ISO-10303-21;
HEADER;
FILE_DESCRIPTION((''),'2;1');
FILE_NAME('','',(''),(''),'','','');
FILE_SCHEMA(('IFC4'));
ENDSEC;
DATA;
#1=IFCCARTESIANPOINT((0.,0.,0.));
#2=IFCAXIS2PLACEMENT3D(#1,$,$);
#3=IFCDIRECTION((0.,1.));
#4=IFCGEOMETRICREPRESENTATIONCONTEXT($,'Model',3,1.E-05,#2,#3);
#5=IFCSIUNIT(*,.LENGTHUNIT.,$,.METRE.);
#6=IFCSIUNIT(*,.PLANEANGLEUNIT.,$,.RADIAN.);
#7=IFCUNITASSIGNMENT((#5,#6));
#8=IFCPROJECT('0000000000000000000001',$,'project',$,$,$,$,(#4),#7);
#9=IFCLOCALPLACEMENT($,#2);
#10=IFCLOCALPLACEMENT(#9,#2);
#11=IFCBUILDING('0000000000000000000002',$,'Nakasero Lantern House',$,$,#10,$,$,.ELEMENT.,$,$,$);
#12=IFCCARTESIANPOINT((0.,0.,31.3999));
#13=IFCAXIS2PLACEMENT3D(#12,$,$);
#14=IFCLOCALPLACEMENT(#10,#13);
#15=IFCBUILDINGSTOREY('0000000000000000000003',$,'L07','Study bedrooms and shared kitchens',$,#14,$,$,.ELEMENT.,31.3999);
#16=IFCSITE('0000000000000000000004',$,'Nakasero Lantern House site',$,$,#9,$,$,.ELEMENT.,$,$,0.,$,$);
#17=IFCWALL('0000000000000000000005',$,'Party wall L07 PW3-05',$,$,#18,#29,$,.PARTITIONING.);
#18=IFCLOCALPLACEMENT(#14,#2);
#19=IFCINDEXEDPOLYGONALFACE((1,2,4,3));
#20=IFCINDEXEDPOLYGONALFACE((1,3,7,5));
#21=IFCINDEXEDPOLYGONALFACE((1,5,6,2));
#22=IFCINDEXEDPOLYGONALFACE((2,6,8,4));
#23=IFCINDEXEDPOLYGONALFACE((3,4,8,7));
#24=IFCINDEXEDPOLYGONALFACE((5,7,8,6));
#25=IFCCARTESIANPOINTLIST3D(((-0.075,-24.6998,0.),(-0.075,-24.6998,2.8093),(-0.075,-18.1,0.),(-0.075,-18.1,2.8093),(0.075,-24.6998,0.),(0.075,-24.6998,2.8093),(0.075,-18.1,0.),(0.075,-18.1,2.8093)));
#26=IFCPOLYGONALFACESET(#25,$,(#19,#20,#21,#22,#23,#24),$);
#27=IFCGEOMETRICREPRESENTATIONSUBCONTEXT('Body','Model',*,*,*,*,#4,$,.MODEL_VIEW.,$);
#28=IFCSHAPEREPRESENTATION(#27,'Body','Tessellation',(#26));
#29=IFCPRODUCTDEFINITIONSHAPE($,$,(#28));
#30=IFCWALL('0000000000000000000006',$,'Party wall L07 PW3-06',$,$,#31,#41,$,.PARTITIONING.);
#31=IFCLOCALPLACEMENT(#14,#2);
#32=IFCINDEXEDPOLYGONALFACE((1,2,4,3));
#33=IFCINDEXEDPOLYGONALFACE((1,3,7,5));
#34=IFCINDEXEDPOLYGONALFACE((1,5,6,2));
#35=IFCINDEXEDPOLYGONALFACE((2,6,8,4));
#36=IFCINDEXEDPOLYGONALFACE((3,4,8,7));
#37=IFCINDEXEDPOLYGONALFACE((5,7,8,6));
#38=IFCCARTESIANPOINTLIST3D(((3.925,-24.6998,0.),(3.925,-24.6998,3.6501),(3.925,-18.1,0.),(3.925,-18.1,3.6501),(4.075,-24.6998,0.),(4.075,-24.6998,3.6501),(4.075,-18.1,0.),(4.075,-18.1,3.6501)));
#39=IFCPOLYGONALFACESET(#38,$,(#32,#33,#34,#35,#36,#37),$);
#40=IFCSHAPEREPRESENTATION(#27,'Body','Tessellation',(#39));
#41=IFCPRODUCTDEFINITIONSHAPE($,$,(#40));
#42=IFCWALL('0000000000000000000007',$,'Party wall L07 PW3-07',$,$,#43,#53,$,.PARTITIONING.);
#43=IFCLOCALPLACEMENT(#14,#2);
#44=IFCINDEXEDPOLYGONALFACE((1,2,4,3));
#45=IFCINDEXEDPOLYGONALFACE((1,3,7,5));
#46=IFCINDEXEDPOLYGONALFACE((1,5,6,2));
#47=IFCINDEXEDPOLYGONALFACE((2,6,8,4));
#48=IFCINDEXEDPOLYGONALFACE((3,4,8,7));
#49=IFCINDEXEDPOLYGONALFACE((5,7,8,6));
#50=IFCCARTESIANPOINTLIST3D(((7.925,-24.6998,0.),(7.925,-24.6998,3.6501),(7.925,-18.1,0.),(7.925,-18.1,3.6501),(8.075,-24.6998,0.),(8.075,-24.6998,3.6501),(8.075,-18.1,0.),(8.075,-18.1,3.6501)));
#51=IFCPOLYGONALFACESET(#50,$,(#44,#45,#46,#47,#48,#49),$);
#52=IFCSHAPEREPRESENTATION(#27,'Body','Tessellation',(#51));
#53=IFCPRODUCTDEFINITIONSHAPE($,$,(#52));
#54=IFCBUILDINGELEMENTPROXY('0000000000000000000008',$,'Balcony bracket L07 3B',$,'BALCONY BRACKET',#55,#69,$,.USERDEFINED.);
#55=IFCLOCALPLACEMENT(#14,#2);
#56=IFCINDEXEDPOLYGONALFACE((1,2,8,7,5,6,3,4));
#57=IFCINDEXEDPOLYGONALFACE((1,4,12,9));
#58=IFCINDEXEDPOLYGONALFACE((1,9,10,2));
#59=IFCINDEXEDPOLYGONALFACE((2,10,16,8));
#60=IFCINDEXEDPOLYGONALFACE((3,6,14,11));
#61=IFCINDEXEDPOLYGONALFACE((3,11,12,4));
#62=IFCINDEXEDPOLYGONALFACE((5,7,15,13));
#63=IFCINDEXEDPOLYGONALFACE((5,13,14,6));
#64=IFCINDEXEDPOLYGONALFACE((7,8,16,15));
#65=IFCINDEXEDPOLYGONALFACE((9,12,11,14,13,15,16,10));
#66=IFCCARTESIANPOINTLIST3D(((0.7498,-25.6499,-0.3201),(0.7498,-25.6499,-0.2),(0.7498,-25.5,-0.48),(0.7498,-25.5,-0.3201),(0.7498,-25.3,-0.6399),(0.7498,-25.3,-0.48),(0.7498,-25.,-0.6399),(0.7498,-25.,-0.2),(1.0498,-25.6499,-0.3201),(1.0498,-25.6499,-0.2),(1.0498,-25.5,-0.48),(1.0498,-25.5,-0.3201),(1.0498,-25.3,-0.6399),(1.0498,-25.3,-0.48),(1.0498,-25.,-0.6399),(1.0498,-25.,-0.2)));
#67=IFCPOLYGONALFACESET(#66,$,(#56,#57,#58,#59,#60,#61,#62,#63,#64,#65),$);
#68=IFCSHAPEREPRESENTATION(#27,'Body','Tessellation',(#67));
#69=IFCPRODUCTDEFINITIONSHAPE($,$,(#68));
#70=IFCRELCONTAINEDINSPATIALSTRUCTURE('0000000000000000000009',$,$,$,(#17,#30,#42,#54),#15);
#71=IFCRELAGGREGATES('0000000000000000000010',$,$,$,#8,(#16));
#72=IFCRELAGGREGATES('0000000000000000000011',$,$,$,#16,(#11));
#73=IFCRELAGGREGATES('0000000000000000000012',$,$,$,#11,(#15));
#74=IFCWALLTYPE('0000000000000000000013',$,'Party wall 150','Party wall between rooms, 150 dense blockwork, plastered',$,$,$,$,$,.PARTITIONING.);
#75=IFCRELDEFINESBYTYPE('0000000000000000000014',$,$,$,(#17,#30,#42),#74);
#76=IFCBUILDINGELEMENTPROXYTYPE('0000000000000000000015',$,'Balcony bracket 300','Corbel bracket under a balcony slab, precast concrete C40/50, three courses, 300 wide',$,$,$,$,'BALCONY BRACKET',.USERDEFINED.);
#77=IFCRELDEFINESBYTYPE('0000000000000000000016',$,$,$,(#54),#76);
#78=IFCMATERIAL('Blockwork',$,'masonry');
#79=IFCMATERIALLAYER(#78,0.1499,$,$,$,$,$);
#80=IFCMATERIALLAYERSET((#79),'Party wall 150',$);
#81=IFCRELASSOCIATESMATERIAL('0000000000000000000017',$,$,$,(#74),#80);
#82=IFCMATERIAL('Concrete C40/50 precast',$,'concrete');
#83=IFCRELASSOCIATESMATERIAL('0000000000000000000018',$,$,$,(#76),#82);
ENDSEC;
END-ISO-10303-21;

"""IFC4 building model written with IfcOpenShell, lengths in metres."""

from ifc_helpers import new_model, si_unit, direction, frame, frame_2d, origin, place, context, subcontext, project, spatial, polyline, rectangle, outline, extrude, material, layer, layer_set, type_object, element, save


model = new_model("IFC4")

# Units and contexts
model_context = context("Model", 3, precision=1e-05, world=origin(), true_north=direction((0.0, 1.0)))
body_context = subcontext(model_context, "Body", "Model", "MODEL_VIEW")
ifc_project = project(units=[si_unit("LENGTHUNIT", "METRE"), si_unit("PLANEANGLEUNIT", "RADIAN")], contexts=[model_context])

# Site, building, storey
site_placement = place(None, origin())
site = spatial("IfcSite", under=ifc_project, at=site_placement, Name="Nakasero Lantern House site", CompositionType="ELEMENT", RefElevation=0.0)
building_placement = place(site_placement, origin())
building = spatial("IfcBuilding", under=site, at=building_placement, Name="Nakasero Lantern House", CompositionType="ELEMENT")
storey_placement = place(building_placement, frame((0.0, 0.0, 31.3999)))
storey = spatial("IfcBuildingStorey", under=building, at=storey_placement, Name="L07", Description="Study bedrooms and shared kitchens", CompositionType="ELEMENT", Elevation=31.3999)

# Walls
ifc_material_1 = material(Name="Blockwork", Category="masonry")
ifc_layer_1 = layer(ifc_material_1, 0.1499)
ifc_layer_set_1 = layer_set([ifc_layer_1], Name="Party wall 150")
wall_type_1 = type_object("IfcWallType", Name="Party wall 150", Description="Party wall between rooms, 150 dense blockwork, plastered", PredefinedType="PARTITIONING", material=ifc_layer_set_1)
wall_1_placement = place(storey_placement, frame((0.0, -18.1001, 0.0), z_axis=(0.0, 0.0, 1.0), x_axis=(0.0, -1.0, 0.0)))
element("IfcWall", 1, at=wall_1_placement, inside=storey, type_object=wall_type_1, Name="Party wall L07 PW3-05", PredefinedType="PARTITIONING", context=body_context, shape_type="SweptSolid", body=[
    extrude(rectangle(XDim=6.5999, YDim=0.1499, at=frame_2d((3.2998, 0.0))), origin(), (0.0, 0.0, 1.0), 2.8093),
])
for number, where, z_axis, x_axis, name in (
    (2, (4.0, -18.1001, 0.0), (0.0, 0.0, 1.0), (0.0, -1.0, 0.0), "Party wall L07 PW3-06"),
    (3, (8.0, -18.1001, 0.0), (0.0, 0.0, 1.0), (0.0, -1.0, 0.0), "Party wall L07 PW3-07"),
):
    element("IfcWall", number, at=place(storey_placement, frame(where, z_axis=z_axis, x_axis=x_axis)), inside=storey, type_object=wall_type_1, Name=name, PredefinedType="PARTITIONING", context=body_context, shape_type="SweptSolid", body=[
        extrude(rectangle(XDim=6.5999, YDim=0.1499, at=frame_2d((3.2998, 0.0))), origin(), (0.0, 0.0, 1.0), 3.6501),
    ])

# Building element proxy
ifc_material_2 = material(Name="Concrete C40/50 precast", Category="concrete")
building_element_proxy_type = type_object("IfcBuildingElementProxyType", Name="Balcony bracket 300", Description="Corbel bracket under a balcony slab, precast concrete C40/50, three courses, 300 wide", ElementType="BALCONY BRACKET", PredefinedType="USERDEFINED", material=ifc_material_2)
proxy_placement = place(storey_placement, frame((0.8999, -25.0, -0.2), z_axis=(0.0, 0.0, 1.0), x_axis=(0.0, -1.0, 0.0)))
element("IfcBuildingElementProxy", 4, at=proxy_placement, inside=storey, type_object=building_element_proxy_type, Name="Balcony bracket L07 3B", ObjectType="BALCONY BRACKET", PredefinedType="USERDEFINED", context=body_context, shape_type="SweptSolid", body=[
    extrude(outline(polyline([(0.0, 0.0), (0.6499, 0.0), (0.6499, -0.1201), (0.5, -0.1201), (0.5, -0.28), (0.3, -0.28), (0.3, -0.4399), (0.0, -0.4399), (0.0, 0.0)])), frame((0.0, 0.1499, 0.0), z_axis=(0.0, -1.0, 0.0), x_axis=(1.0, 0.0, 0.0)), (0.0, 0.0, 1.0), 0.3),
])

save(model, "model.ifc")
